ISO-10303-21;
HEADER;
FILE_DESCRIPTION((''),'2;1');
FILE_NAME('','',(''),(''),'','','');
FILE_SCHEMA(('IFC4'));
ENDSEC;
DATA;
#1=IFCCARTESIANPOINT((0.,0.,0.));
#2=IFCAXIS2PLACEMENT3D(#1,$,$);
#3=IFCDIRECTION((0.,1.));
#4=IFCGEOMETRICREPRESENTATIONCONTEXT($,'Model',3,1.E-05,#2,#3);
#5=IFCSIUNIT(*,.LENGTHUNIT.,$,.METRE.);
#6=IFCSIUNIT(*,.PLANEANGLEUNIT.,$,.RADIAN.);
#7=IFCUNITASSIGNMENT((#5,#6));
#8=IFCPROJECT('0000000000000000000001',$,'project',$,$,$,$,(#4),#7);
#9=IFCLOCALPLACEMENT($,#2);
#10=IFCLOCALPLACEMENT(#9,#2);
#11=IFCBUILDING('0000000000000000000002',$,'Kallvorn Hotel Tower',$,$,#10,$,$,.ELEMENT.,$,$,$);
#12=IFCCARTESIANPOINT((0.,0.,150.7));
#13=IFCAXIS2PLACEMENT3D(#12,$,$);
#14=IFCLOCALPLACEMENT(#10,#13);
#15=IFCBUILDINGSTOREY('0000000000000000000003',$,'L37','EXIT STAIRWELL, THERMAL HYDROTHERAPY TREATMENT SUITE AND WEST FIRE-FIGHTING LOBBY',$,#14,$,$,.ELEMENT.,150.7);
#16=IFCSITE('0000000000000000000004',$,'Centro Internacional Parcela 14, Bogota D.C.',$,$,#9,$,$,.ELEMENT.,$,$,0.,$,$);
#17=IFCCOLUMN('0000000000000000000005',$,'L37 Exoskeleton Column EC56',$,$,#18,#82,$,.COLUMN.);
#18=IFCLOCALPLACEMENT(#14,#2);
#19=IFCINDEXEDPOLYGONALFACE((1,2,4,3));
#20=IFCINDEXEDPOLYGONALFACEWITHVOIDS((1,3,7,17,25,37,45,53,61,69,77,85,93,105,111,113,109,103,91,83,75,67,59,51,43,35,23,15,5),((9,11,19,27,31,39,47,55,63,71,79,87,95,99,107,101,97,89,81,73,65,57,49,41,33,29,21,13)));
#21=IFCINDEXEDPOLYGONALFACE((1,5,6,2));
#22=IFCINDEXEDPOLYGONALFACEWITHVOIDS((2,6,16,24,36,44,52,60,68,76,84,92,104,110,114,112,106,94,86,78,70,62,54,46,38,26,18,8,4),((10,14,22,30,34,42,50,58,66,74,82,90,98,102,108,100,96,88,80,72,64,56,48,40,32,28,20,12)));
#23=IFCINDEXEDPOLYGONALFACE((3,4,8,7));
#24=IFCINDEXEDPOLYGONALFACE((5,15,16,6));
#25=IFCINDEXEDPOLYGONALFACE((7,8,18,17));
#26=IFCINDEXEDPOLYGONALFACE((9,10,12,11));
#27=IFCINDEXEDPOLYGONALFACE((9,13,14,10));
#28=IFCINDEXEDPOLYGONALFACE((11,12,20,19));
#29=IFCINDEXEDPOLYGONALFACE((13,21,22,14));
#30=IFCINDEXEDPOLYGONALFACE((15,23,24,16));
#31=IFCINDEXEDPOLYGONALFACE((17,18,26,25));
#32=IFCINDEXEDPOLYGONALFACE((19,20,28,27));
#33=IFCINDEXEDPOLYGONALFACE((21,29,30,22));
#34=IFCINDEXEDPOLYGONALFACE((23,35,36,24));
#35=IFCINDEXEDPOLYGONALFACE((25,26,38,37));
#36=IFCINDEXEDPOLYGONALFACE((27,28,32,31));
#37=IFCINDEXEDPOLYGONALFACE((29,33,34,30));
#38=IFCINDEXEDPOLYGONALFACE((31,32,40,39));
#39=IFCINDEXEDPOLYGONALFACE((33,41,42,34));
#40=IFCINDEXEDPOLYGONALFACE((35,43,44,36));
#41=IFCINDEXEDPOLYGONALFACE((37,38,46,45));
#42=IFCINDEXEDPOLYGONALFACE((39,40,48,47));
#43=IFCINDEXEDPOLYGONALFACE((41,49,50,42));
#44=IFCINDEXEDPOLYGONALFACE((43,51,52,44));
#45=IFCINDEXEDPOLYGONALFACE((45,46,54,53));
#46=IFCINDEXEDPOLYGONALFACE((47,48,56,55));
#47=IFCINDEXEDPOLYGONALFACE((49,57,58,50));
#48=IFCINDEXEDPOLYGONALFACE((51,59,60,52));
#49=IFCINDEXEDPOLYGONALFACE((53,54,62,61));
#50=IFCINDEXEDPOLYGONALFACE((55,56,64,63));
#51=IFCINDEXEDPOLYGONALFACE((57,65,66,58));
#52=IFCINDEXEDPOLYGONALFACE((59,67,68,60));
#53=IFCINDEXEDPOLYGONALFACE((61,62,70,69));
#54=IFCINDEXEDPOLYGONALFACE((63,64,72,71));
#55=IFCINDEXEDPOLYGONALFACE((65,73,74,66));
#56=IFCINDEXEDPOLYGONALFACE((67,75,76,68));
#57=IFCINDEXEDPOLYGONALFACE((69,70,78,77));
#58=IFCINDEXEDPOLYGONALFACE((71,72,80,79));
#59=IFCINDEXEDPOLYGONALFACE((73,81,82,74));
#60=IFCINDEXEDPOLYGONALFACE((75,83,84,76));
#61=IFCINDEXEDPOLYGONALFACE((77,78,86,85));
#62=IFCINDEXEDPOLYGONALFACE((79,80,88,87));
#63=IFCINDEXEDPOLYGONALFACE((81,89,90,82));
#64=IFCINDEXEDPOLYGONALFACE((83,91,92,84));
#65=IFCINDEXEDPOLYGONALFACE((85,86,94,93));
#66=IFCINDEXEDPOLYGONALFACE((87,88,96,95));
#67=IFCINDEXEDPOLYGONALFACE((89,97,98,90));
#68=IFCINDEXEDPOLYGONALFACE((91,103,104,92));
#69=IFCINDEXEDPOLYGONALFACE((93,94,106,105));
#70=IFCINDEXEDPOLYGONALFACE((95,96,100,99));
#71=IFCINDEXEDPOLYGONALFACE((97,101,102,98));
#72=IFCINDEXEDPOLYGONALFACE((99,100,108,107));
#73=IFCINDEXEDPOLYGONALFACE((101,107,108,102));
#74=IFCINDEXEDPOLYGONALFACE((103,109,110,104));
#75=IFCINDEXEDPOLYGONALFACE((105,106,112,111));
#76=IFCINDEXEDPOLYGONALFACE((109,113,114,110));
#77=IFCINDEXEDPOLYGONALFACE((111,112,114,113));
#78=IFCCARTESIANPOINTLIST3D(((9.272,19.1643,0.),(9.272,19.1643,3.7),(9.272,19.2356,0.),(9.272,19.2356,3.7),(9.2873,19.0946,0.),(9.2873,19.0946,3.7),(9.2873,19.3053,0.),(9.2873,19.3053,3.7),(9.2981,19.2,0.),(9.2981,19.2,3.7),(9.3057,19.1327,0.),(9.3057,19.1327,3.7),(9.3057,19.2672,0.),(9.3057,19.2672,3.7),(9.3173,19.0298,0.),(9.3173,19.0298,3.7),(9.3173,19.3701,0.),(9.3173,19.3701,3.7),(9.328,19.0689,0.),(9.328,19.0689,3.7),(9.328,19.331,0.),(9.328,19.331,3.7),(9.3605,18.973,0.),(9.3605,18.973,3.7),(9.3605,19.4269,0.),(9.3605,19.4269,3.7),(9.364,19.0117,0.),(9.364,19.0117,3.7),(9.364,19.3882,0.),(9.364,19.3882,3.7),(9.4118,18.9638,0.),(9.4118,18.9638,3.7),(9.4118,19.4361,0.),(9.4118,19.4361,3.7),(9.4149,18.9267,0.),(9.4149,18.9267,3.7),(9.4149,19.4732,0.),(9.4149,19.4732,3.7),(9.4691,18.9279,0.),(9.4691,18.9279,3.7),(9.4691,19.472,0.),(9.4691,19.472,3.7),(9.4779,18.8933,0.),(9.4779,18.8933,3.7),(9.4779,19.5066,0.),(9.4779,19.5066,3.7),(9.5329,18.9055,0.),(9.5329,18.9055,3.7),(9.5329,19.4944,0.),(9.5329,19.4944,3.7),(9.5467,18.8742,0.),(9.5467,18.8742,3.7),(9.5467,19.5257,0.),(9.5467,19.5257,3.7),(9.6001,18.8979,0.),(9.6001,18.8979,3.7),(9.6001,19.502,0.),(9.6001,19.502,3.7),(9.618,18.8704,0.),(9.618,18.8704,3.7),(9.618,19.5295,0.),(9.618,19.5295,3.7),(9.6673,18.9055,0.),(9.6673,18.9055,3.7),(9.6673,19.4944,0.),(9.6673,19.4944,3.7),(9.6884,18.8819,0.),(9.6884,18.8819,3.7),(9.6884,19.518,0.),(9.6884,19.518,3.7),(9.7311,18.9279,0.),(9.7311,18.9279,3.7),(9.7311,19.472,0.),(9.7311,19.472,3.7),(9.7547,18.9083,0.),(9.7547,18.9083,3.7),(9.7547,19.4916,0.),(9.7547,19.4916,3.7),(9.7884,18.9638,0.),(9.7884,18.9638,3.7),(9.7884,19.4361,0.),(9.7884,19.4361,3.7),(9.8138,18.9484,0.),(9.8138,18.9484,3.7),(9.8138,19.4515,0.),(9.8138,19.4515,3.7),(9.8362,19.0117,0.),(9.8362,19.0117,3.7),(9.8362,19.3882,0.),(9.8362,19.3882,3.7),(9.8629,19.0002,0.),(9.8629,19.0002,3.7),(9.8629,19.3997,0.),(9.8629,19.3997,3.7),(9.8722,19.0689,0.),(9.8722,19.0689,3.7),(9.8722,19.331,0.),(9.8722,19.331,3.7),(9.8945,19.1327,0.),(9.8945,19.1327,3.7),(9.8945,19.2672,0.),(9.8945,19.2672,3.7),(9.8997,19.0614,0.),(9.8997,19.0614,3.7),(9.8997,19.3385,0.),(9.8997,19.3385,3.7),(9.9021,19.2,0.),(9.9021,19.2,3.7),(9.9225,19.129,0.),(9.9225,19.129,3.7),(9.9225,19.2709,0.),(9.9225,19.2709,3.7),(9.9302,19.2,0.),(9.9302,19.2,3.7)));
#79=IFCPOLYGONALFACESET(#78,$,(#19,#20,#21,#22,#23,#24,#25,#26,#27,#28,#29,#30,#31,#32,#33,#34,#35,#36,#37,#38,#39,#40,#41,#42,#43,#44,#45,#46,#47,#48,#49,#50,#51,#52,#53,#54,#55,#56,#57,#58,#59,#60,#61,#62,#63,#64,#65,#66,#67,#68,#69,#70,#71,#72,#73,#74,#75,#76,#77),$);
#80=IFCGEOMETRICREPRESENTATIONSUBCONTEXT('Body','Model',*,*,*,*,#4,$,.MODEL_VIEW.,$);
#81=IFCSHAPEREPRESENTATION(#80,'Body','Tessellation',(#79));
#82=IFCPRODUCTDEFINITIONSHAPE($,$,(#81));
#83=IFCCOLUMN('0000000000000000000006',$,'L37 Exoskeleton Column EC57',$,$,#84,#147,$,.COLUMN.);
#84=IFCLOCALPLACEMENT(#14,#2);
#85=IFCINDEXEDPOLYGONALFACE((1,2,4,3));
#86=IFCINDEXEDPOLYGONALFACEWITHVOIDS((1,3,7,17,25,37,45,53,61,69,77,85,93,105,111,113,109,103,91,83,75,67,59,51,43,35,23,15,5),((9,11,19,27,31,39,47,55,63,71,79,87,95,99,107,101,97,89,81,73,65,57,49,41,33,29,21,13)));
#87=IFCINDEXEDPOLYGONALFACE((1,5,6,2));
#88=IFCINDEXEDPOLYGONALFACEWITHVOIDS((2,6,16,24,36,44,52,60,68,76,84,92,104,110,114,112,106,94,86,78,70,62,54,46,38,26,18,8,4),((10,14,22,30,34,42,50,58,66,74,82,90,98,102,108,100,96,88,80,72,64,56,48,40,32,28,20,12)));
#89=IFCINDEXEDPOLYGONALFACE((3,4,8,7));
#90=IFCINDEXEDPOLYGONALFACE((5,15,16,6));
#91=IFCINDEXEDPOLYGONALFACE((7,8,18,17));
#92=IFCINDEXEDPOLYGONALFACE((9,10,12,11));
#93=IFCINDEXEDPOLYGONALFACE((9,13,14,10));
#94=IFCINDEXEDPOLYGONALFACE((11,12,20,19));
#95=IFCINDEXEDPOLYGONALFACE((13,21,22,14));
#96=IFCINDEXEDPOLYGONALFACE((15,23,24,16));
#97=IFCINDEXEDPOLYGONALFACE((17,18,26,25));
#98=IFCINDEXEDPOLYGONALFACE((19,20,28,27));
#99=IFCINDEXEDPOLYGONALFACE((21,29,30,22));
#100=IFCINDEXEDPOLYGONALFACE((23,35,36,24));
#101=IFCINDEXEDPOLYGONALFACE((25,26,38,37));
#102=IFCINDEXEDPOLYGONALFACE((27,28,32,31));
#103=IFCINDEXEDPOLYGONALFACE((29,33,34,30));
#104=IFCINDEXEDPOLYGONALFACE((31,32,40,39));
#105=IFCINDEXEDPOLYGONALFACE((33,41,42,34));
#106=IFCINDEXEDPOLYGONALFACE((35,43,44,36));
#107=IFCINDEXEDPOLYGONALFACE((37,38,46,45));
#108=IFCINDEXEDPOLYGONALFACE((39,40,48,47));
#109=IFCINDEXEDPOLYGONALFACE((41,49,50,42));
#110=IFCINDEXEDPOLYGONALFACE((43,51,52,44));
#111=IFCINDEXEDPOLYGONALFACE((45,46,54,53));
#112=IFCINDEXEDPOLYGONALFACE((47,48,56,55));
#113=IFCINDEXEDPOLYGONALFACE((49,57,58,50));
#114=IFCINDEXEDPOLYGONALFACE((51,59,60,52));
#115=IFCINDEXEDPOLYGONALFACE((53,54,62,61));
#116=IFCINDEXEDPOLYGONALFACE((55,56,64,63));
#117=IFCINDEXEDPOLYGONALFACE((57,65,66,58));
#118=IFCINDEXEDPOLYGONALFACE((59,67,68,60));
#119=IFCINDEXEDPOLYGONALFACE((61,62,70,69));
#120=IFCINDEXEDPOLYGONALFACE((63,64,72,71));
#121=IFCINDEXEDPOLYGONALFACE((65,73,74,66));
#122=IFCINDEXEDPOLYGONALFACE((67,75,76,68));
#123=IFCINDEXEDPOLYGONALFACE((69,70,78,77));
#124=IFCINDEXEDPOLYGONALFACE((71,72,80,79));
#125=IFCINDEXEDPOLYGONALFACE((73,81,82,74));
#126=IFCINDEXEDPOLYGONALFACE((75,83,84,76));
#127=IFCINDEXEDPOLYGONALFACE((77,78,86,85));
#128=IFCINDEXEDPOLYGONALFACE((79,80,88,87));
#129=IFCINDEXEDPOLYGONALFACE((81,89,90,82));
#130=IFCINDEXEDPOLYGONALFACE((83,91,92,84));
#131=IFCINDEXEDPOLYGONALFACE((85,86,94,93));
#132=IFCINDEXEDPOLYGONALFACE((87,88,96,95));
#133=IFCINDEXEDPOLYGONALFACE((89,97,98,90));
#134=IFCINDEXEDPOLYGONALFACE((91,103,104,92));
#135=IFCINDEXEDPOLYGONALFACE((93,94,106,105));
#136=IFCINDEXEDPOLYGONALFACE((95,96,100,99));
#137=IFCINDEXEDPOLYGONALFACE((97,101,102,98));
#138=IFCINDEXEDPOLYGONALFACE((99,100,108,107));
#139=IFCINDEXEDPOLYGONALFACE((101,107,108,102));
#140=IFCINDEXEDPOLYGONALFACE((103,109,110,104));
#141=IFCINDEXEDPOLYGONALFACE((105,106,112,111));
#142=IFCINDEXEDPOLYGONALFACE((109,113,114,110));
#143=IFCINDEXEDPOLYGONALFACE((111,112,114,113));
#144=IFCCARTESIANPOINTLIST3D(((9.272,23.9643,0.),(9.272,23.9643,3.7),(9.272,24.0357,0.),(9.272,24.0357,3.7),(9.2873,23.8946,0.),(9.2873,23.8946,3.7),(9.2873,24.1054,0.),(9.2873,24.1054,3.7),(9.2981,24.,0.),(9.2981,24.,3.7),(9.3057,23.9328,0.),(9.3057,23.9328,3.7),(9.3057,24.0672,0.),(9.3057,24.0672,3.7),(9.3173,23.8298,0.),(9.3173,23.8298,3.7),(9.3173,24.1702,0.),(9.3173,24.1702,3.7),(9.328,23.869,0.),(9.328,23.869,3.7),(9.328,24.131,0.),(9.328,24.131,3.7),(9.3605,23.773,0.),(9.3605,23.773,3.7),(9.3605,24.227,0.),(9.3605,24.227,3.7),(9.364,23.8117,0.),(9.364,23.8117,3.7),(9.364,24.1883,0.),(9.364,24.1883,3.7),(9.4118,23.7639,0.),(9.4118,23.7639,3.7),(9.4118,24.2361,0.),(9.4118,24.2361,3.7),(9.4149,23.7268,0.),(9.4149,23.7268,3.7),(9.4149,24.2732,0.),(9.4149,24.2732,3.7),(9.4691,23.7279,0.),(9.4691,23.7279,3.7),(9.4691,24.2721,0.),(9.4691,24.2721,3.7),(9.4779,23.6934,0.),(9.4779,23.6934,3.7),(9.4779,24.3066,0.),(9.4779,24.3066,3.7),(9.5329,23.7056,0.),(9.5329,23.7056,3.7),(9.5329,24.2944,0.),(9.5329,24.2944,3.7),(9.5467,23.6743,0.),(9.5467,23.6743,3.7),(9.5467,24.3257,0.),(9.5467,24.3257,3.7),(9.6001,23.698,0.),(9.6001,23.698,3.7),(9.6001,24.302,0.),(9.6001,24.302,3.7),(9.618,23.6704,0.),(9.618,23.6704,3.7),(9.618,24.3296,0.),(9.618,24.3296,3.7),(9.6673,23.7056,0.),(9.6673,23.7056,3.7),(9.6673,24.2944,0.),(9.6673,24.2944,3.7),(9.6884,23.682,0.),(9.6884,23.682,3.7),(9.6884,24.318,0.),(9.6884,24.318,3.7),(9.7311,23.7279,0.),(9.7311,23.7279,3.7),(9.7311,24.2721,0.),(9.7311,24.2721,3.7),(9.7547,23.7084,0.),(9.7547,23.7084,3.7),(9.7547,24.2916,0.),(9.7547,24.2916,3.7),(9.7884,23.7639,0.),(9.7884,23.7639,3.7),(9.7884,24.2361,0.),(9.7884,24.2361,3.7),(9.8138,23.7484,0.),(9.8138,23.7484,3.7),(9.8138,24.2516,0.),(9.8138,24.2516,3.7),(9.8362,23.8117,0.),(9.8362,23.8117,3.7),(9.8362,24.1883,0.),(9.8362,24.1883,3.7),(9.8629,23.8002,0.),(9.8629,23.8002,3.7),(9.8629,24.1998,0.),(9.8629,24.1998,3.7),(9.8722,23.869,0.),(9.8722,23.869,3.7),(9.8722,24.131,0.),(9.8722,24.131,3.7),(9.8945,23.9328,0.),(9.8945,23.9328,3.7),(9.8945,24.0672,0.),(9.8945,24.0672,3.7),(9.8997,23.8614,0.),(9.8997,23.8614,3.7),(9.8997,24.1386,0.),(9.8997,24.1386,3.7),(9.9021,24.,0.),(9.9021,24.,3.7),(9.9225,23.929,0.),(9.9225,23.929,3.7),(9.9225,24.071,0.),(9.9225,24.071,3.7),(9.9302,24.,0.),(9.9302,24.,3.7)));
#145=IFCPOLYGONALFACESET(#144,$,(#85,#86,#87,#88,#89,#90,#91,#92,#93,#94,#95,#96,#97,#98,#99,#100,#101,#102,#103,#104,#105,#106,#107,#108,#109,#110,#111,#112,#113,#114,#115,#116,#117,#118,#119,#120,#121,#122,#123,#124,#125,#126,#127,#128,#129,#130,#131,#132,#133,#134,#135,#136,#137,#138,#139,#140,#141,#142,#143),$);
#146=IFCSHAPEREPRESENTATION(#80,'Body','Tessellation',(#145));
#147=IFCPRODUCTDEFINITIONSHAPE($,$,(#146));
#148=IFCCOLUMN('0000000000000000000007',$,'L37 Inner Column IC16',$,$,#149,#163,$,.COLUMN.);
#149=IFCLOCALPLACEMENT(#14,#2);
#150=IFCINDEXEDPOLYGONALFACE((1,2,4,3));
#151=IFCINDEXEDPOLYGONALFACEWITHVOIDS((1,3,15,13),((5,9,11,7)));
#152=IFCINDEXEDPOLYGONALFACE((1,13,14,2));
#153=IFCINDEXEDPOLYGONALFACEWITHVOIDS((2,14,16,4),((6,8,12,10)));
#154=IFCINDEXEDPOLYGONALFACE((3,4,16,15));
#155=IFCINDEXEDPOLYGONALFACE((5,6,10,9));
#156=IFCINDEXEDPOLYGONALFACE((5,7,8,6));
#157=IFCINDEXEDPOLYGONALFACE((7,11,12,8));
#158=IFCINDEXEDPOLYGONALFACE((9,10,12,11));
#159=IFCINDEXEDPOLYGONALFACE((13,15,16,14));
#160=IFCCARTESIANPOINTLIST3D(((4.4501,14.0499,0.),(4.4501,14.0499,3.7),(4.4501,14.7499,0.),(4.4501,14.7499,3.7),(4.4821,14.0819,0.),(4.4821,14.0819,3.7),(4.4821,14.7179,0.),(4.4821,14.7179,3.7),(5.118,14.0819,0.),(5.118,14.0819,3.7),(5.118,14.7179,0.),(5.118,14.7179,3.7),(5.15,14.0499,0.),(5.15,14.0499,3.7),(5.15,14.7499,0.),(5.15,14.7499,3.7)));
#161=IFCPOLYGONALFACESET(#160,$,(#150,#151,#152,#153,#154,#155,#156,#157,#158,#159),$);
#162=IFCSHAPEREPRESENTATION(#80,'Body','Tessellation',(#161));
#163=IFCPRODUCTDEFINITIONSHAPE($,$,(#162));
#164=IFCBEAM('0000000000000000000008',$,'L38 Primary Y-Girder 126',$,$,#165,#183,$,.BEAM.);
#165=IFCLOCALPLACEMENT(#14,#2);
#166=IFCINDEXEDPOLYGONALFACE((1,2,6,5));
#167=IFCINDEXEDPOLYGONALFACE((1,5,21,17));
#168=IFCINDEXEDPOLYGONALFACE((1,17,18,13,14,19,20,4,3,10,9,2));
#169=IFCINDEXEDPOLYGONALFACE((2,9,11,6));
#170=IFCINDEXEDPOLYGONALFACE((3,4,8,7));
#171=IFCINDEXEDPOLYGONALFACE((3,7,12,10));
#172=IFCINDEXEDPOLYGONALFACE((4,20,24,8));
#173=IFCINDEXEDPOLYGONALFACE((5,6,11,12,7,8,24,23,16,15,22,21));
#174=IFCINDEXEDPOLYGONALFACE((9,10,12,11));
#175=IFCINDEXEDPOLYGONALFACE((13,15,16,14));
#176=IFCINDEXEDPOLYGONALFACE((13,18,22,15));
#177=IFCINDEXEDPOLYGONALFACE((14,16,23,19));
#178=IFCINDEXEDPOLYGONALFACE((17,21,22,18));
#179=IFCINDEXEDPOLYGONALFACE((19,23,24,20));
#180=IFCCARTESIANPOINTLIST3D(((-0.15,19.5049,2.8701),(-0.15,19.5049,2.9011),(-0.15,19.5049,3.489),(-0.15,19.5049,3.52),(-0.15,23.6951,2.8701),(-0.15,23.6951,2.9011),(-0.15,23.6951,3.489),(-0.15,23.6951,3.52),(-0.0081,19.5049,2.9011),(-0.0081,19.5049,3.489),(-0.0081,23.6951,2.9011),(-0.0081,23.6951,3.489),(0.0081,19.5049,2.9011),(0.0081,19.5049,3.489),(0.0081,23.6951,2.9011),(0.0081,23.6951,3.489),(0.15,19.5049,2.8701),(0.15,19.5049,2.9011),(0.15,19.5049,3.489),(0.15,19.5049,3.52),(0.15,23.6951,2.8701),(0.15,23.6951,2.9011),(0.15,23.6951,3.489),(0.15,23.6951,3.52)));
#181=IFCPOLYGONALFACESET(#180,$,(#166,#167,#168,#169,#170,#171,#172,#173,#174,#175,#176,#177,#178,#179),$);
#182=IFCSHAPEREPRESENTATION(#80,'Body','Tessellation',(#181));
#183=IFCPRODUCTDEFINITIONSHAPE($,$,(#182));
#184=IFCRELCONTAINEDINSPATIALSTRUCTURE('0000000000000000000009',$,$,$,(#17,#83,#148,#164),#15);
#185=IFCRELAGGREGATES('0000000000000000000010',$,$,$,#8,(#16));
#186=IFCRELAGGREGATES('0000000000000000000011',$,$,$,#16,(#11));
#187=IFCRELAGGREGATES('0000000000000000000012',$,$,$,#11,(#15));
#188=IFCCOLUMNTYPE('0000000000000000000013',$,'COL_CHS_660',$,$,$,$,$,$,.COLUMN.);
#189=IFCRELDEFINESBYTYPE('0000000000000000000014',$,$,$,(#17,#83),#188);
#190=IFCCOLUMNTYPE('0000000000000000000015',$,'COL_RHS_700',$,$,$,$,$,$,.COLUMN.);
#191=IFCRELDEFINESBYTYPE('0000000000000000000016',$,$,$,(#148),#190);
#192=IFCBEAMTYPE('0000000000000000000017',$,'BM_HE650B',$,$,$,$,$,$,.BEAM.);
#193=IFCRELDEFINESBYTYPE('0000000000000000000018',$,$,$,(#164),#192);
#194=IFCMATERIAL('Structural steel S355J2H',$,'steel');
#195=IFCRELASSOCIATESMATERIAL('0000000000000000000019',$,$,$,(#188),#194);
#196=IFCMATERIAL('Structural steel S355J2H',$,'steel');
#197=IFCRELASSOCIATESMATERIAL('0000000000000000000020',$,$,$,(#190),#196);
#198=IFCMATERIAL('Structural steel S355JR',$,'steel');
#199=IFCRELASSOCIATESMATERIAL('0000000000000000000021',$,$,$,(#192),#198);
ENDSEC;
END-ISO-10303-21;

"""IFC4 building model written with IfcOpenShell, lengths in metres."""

from ifc_helpers import new_model, si_unit, direction, frame, origin, origin_2d, place, context, subcontext, project, spatial, hollow_rectangle, hollow_circle, i_section, extrude, material, material_profile, profile_set, type_object, element, save


model = new_model("IFC4")

# Units and contexts
model_context = context("Model", 3, precision=1e-05, world=origin(), true_north=direction((0.0, 1.0)))
body_context = subcontext(model_context, "Body", "Model", "MODEL_VIEW")
ifc_project = project(units=[si_unit("LENGTHUNIT", "METRE"), si_unit("PLANEANGLEUNIT", "RADIAN")], contexts=[model_context])

# Site, building, storey
site_placement = place(None, origin())
site = spatial("IfcSite", under=ifc_project, at=site_placement, Name="Centro Internacional Parcela 14, Bogota D.C.", CompositionType="ELEMENT", RefElevation=0.0)
building_placement = place(site_placement, origin())
building = spatial("IfcBuilding", under=site, at=building_placement, Name="Kallvorn Hotel Tower", CompositionType="ELEMENT")
storey_placement = place(building_placement, frame((0.0, 0.0, 150.7)))
storey = spatial("IfcBuildingStorey", under=building, at=storey_placement, Name="L37", Description="EXIT STAIRWELL, THERMAL HYDROTHERAPY TREATMENT SUITE AND WEST FIRE-FIGHTING LOBBY", CompositionType="ELEMENT", Elevation=150.7)

# Columns
ifc_material_1 = material(Name="Structural steel S355J2H", Category="steel")
ifc_material_profile_1 = material_profile(ifc_material_1, hollow_circle(Radius=0.3301, WallThickness=0.0281, at=origin_2d()), Name="CHS 660x28")
ifc_profile_set_1 = profile_set([ifc_material_profile_1], Name="Structural steel S355J2H")
column_type_1 = type_object("IfcColumnType", Name="COL_CHS_660", PredefinedType="COLUMN", material=ifc_profile_set_1)
for number, where, z_axis, x_axis, name in (
    (1, (9.6001, 19.2, 0.0), (0.0, 0.0, 1.0), (1.0, 0.0, 0.0), "L37 Exoskeleton Column EC56"),
    (2, (9.6001, 24.0, 0.0), (0.0, 0.0, 1.0), (1.0, 0.0, 0.0), "L37 Exoskeleton Column EC57"),
):
    element("IfcColumn", number, at=place(storey_placement, frame(where, z_axis=z_axis, x_axis=x_axis)), inside=storey, type_object=column_type_1, Name=name, PredefinedType="COLUMN", context=body_context, shape_type="SweptSolid", body=[
        extrude(hollow_circle(Radius=0.3301, WallThickness=0.0281, at=origin_2d()), origin(), (0.0, 0.0, 1.0), 3.7),
    ])
ifc_material_2 = material(Name="Structural steel S355J2H", Category="steel")
ifc_material_profile_2 = material_profile(ifc_material_2, hollow_rectangle(XDim=0.7, YDim=0.7, WallThickness=0.032, at=origin_2d()), Name="RHS 700x700x32")
ifc_profile_set_2 = profile_set([ifc_material_profile_2], Name="Structural steel S355J2H")
column_type_2 = type_object("IfcColumnType", Name="COL_RHS_700", PredefinedType="COLUMN", material=ifc_profile_set_2)
column_placement = place(storey_placement, frame((4.8, 14.3999, 0.0), z_axis=(0.0, 0.0, 1.0), x_axis=(1.0, 0.0, 0.0)))
element("IfcColumn", 3, at=column_placement, inside=storey, type_object=column_type_2, Name="L37 Inner Column IC16", PredefinedType="COLUMN", context=body_context, shape_type="SweptSolid", body=[
    extrude(hollow_rectangle(XDim=0.7, YDim=0.7, WallThickness=0.032, at=origin_2d()), origin(), (0.0, 0.0, 1.0), 3.7),
])

# Beam
ifc_material_3 = material(Name="Structural steel S355JR", Category="steel")
ifc_material_profile_3 = material_profile(ifc_material_3, i_section(OverallWidth=0.3, OverallDepth=0.6499, WebThickness=0.0161, FlangeThickness=0.031, at=origin_2d()), Name="HE 650 B")
ifc_profile_set_3 = profile_set([ifc_material_profile_3], Name="Structural steel S355JR")
beam_type_1 = type_object("IfcBeamType", Name="BM_HE650B", PredefinedType="BEAM", material=ifc_profile_set_3)
beam_1_placement = place(storey_placement, frame((0.0, 19.5049, 3.1951), z_axis=(0.0, 1.0, 0.0), x_axis=(-1.0, 0.0, 0.0)))
element("IfcBeam", 4, at=beam_1_placement, inside=storey, type_object=beam_type_1, Name="L38 Primary Y-Girder 126", PredefinedType="BEAM", context=body_context, shape_type="SweptSolid", body=[
    extrude(i_section(OverallWidth=0.3, OverallDepth=0.6499, WebThickness=0.0161, FlangeThickness=0.031, at=origin_2d()), origin(), (0.0, 0.0, 1.0), 4.1902),
])

save(model, "model.ifc")
